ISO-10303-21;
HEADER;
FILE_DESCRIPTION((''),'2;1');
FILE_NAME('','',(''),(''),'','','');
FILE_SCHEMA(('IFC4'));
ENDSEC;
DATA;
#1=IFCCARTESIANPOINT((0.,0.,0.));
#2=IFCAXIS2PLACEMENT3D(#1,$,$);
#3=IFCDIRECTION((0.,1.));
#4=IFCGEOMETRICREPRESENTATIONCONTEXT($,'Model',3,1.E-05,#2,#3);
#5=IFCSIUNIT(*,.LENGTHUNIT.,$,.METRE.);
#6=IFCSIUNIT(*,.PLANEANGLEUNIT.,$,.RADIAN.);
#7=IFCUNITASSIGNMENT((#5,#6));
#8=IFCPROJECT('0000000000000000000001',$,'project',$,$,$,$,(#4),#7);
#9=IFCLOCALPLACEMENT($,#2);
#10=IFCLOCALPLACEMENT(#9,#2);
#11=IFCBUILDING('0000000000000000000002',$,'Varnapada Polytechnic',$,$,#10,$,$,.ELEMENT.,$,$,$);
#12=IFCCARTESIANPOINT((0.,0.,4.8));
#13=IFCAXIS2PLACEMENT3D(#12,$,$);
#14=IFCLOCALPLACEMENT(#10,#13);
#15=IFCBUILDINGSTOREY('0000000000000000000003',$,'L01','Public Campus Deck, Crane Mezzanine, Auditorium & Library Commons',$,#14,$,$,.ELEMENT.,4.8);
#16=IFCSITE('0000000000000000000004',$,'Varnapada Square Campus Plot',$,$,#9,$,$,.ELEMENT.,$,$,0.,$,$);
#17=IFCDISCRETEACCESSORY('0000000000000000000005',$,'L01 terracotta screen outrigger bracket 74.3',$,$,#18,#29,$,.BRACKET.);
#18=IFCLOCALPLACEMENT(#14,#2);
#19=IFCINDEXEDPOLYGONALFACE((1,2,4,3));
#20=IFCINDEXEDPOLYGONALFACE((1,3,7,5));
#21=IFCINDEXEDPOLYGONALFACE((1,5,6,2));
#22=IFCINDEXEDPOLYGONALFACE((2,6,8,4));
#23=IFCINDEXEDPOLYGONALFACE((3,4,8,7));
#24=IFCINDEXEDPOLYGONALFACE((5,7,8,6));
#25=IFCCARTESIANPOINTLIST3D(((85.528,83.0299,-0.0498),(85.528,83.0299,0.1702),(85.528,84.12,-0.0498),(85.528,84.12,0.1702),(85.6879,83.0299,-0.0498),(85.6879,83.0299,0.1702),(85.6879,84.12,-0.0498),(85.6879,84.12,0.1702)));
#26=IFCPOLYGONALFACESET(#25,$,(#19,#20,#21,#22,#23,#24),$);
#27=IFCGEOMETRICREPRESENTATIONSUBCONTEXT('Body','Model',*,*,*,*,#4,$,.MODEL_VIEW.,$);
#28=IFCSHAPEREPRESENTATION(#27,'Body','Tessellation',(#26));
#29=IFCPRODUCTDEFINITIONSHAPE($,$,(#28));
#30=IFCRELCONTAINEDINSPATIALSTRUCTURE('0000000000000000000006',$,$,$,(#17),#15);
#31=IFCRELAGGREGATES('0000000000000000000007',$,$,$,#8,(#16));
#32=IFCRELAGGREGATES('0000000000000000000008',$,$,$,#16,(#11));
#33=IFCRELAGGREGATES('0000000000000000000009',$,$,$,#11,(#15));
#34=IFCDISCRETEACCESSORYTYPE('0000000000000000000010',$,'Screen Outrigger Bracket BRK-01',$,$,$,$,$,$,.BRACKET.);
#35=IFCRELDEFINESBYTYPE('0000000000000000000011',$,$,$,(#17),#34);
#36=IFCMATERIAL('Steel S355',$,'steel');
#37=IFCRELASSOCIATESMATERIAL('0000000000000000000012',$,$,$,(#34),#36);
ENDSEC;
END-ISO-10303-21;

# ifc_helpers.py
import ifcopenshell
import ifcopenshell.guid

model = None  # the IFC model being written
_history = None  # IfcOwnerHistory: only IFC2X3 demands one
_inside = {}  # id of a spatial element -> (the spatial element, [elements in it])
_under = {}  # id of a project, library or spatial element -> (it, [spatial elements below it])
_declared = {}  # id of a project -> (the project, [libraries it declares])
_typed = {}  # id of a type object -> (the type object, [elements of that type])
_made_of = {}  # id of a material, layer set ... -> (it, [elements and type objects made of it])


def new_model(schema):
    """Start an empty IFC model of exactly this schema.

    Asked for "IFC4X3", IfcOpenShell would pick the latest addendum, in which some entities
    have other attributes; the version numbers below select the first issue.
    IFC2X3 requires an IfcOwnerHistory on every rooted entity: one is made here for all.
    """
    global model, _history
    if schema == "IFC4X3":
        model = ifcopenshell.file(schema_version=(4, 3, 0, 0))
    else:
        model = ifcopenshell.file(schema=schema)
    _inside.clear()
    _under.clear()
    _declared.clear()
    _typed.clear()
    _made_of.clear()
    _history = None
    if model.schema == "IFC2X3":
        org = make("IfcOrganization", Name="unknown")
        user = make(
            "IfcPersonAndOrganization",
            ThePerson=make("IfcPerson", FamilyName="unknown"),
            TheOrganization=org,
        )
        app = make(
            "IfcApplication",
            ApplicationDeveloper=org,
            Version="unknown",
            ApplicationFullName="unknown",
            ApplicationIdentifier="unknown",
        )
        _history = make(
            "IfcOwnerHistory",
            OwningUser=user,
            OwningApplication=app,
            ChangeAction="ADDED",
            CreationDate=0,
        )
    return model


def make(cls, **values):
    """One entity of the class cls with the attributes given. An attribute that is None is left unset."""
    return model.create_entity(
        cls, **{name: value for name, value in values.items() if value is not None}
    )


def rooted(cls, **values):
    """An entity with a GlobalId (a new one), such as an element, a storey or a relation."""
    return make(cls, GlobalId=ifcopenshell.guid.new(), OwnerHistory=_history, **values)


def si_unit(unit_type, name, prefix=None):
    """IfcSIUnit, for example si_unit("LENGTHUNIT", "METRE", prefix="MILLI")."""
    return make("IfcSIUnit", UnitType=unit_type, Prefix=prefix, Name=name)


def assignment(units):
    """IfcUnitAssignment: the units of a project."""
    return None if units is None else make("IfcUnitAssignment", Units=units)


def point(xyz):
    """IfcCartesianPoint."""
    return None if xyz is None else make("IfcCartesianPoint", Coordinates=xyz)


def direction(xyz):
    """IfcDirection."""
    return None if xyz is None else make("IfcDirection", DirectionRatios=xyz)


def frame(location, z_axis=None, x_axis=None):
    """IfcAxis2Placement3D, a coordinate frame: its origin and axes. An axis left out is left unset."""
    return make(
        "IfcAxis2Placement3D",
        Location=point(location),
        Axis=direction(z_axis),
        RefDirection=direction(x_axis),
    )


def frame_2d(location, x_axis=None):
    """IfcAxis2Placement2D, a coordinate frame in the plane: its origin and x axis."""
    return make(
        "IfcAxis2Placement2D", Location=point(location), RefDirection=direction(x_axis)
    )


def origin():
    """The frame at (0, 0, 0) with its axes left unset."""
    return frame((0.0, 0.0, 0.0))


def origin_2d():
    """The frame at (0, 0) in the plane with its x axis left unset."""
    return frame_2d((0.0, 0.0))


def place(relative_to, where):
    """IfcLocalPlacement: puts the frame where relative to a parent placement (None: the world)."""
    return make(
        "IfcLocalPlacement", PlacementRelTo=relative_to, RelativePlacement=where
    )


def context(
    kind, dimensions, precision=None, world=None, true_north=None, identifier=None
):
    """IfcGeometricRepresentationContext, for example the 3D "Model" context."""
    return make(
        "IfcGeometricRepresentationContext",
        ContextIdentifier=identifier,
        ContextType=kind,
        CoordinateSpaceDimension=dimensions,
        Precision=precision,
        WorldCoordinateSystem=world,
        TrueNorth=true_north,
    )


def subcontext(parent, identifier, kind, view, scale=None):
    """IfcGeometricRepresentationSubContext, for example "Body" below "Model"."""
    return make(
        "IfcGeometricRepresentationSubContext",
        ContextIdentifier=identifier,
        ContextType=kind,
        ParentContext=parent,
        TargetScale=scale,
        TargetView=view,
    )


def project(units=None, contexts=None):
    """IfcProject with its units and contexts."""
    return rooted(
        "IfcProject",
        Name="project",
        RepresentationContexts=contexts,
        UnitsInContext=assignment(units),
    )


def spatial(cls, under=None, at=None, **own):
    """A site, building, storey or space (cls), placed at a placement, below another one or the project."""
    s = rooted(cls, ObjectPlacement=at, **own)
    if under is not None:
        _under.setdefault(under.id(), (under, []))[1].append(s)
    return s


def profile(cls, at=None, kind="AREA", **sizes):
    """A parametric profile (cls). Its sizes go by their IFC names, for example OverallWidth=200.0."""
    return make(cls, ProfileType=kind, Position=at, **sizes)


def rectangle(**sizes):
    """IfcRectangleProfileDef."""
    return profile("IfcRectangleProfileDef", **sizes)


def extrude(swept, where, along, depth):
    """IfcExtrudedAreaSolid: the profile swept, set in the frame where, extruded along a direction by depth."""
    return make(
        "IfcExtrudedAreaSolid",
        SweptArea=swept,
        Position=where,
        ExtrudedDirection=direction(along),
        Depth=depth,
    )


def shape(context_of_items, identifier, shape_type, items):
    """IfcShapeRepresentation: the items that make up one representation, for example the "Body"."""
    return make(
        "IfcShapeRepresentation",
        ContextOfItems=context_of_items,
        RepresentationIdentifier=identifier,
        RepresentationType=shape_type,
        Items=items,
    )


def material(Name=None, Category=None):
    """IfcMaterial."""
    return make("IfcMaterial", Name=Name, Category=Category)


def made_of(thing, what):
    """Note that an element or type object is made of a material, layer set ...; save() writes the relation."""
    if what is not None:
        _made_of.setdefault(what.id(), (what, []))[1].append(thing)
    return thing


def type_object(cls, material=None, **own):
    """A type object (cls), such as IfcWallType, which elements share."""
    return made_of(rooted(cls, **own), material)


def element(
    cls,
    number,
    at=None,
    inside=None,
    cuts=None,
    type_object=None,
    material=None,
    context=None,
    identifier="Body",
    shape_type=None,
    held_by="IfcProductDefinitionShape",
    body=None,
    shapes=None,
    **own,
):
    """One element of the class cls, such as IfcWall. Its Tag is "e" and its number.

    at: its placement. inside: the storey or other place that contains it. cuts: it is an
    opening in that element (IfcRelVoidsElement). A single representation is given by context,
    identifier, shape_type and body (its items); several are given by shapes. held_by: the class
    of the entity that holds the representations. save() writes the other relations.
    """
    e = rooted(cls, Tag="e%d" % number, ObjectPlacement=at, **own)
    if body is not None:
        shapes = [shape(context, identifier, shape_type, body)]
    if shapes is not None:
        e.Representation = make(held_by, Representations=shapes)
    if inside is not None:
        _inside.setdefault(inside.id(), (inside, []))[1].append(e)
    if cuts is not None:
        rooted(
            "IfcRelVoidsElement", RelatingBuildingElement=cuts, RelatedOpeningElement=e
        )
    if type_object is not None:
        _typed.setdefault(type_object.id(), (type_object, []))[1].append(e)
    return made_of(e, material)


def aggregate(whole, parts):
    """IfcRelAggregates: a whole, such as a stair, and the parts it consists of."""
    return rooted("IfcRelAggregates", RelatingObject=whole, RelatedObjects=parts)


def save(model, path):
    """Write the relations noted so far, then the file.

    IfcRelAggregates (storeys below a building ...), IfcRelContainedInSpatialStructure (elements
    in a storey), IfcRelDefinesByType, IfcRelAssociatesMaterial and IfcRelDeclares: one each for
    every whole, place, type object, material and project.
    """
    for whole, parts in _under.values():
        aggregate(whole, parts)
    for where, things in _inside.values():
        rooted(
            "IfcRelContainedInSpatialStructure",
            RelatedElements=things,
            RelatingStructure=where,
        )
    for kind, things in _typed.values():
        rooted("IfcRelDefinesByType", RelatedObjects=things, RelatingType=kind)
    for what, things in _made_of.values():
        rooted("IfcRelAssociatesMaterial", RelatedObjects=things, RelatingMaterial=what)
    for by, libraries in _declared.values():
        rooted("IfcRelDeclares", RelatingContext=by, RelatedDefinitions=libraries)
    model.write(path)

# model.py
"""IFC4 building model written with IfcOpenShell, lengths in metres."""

from ifc_helpers import new_model, si_unit, direction, frame, origin, origin_2d, place, context, subcontext, project, spatial, rectangle, extrude, material, type_object, element, save


model = new_model("IFC4")

# Units and contexts
model_context = context("Model", 3, precision=1e-05, world=origin(), true_north=direction((0.0, 1.0)))
body_context = subcontext(model_context, "Body", "Model", "MODEL_VIEW")
ifc_project = project(units=[si_unit("LENGTHUNIT", "METRE"), si_unit("PLANEANGLEUNIT", "RADIAN")], contexts=[model_context])

# Site, building, storey
site_placement = place(None, origin())
site = spatial("IfcSite", under=ifc_project, at=site_placement, Name="Varnapada Square Campus Plot", CompositionType="ELEMENT", RefElevation=0.0)
building_placement = place(site_placement, origin())
building = spatial("IfcBuilding", under=site, at=building_placement, Name="Varnapada Polytechnic", CompositionType="ELEMENT")
storey_placement = place(building_placement, frame((0.0, 0.0, 4.8)))
storey = spatial("IfcBuildingStorey", under=building, at=storey_placement, Name="L01", Description="Public Campus Deck, Crane Mezzanine, Auditorium & Library Commons", CompositionType="ELEMENT", Elevation=4.8)

# Shared definitions
ifc_material_1 = material(Name="Steel S355", Category="steel")

# Discrete accessory
discrete_accessory_type = type_object("IfcDiscreteAccessoryType", Name="Screen Outrigger Bracket BRK-01", PredefinedType="BRACKET", material=ifc_material_1)
for number, where, z_axis, x_axis, name in (
    (1, (85.6079, 83.575, -0.0498), (0.0, 0.0, 1.0), (-1.0, 0.0, 0.0), "L01 terracotta screen outrigger bracket 74.3"),
):
    element("IfcDiscreteAccessory", number, at=place(storey_placement, frame(where, z_axis=z_axis, x_axis=x_axis)), inside=storey, type_object=discrete_accessory_type, Name=name, PredefinedType="BRACKET", context=body_context, shape_type="SweptSolid", body=[
        extrude(rectangle(XDim=0.1599, YDim=1.0901, at=origin_2d()), origin(), (0.0, 0.0, 1.0), 0.22),
    ])

save(model, "model.ifc")
